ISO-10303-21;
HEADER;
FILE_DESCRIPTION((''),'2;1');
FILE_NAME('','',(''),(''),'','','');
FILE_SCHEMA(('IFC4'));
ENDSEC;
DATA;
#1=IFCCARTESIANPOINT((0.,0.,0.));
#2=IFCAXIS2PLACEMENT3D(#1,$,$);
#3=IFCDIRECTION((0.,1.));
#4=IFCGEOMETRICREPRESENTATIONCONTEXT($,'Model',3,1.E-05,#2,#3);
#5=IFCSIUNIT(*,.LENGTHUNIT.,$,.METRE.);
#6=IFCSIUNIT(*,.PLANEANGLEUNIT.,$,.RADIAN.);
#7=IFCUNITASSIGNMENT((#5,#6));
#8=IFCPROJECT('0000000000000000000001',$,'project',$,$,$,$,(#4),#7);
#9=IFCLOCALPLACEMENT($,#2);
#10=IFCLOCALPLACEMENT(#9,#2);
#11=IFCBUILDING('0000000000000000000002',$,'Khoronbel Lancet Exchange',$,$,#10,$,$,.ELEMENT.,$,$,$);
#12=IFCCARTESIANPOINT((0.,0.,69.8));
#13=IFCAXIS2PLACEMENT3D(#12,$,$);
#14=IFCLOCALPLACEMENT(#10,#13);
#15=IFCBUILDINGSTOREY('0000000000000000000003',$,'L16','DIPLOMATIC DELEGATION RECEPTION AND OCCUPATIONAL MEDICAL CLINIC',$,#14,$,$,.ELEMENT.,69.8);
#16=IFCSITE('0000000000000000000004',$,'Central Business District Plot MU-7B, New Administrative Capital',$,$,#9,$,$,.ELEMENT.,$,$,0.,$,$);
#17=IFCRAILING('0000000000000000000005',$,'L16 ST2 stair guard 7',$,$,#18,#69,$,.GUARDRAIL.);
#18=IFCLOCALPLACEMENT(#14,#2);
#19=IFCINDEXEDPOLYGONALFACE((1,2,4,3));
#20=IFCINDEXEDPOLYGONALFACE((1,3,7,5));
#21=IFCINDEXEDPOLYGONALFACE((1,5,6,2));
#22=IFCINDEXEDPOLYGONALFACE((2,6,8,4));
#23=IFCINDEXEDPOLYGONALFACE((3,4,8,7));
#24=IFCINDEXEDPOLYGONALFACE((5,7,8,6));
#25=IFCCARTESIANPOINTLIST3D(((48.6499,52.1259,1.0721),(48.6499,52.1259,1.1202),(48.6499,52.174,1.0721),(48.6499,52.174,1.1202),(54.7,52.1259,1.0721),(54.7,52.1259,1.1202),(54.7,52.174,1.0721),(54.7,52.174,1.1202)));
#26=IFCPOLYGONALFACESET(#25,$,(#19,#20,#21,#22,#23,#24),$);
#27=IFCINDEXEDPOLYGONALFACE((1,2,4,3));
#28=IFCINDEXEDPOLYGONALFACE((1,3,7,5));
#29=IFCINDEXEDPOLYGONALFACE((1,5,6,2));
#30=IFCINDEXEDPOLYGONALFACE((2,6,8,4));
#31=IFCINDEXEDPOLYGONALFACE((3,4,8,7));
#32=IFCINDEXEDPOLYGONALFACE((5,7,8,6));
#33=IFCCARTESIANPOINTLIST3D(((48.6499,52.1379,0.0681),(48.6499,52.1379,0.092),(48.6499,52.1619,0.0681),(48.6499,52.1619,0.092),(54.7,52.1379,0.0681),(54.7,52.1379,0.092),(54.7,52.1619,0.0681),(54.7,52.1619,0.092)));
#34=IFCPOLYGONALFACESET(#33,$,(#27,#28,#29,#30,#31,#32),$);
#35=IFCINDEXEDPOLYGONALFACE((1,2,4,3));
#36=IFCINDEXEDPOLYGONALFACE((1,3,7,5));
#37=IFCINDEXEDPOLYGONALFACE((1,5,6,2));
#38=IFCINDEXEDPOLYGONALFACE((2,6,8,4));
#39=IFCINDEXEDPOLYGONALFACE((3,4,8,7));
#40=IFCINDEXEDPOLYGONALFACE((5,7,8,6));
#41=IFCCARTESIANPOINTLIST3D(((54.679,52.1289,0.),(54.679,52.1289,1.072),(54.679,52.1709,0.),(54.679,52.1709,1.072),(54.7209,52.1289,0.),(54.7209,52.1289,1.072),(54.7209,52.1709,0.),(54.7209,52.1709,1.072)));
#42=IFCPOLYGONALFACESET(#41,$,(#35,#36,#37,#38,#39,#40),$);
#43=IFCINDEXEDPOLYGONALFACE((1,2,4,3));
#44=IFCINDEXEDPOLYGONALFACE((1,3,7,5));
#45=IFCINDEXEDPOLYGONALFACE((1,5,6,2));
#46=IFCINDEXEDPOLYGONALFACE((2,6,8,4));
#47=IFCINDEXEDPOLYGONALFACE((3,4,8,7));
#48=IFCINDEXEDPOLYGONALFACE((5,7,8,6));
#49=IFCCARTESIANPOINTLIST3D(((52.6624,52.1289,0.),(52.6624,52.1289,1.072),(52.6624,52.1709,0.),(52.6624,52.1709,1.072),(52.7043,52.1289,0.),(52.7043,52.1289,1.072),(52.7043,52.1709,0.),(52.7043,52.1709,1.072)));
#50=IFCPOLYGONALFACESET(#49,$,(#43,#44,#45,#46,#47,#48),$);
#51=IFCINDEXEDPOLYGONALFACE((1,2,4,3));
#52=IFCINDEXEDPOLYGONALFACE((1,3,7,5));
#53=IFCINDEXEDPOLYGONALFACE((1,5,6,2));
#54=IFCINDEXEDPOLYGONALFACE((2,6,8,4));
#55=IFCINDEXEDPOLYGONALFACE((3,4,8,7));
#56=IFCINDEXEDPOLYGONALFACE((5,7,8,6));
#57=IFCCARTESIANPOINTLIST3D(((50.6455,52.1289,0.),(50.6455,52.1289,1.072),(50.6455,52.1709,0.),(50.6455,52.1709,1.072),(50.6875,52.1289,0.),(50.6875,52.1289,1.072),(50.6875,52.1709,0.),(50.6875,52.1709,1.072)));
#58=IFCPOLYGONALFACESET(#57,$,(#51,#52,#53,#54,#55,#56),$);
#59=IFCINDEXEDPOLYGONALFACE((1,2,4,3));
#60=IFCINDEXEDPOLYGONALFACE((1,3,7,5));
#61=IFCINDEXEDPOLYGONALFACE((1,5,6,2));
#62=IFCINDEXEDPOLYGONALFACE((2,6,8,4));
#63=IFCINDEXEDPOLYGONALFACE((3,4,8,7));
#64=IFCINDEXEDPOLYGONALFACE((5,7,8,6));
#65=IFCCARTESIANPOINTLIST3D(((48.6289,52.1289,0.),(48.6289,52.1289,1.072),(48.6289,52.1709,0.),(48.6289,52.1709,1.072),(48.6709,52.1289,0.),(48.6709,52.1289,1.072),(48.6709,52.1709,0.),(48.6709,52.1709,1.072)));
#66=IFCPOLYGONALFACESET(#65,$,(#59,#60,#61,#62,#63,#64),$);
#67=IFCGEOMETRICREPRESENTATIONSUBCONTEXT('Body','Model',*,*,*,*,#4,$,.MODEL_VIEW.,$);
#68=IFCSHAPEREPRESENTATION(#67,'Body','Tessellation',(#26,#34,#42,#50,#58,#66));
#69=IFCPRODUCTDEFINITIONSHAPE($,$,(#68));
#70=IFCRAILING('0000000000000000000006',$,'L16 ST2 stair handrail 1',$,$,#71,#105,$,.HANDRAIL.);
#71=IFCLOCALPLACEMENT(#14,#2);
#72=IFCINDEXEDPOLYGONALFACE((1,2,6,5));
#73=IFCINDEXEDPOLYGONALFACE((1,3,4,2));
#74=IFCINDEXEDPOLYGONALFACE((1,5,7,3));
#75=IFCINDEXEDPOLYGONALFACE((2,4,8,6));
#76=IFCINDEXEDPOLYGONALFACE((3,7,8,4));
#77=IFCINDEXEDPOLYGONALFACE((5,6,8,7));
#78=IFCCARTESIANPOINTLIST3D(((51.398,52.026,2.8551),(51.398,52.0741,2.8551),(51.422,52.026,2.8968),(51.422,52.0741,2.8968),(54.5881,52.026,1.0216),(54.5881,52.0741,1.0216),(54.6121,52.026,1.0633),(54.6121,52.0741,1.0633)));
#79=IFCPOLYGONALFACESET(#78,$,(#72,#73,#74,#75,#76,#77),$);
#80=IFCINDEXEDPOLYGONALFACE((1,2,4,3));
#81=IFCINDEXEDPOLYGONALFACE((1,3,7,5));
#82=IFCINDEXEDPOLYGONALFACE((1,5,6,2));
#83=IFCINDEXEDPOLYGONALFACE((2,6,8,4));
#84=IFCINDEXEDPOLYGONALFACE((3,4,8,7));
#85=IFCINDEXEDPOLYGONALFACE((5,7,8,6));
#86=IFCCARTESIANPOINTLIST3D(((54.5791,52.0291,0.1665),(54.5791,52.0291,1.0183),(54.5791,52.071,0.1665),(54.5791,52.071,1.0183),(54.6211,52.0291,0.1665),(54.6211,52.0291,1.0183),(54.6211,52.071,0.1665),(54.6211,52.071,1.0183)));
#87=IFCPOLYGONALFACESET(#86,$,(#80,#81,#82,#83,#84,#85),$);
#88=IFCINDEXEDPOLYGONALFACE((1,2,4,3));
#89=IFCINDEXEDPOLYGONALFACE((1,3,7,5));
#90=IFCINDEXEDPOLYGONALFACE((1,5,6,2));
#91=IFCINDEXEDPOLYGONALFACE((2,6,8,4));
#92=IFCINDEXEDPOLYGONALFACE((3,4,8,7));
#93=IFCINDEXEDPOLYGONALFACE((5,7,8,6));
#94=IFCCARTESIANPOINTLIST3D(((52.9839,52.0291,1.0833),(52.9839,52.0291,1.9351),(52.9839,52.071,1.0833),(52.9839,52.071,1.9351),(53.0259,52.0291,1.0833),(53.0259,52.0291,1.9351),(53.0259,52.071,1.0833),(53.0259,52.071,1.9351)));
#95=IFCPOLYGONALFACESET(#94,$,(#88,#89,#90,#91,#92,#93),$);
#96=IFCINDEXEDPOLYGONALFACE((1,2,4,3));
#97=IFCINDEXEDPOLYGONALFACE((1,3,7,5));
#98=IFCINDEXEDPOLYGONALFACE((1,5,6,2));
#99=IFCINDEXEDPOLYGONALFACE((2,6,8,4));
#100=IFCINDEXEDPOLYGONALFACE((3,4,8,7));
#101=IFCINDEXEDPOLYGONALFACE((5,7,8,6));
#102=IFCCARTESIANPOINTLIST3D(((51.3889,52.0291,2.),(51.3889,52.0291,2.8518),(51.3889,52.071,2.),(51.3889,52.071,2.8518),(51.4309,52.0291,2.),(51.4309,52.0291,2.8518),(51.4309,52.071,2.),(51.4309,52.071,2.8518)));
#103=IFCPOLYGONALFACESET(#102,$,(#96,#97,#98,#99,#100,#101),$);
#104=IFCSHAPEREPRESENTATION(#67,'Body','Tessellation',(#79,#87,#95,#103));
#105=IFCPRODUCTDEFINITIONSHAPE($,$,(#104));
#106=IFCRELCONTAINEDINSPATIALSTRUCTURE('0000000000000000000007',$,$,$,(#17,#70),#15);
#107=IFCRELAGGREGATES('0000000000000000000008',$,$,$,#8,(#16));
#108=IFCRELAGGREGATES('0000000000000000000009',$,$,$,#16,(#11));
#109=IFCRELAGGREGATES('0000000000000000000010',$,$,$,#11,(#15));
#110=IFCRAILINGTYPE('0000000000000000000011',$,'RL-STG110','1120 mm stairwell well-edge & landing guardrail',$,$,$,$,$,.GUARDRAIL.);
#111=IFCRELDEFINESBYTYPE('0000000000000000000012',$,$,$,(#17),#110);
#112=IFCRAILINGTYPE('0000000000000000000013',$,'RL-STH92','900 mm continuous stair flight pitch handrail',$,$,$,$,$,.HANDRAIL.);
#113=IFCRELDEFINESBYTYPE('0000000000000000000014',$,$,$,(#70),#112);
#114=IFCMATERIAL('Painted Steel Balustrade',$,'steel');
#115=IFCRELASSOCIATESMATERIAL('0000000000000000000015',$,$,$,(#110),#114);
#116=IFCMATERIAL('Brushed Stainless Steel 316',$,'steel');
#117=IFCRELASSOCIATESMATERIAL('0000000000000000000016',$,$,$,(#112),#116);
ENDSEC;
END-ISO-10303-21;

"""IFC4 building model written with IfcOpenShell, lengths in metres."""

from ifc_helpers import new_model, si_unit, direction, frame, origin, origin_2d, place, context, subcontext, project, spatial, rectangle, extrude, material, type_object, element, save


model = new_model("IFC4")

# Units and contexts
model_context = context("Model", 3, precision=1e-05, world=origin(), true_north=direction((0.0, 1.0)))
body_context = subcontext(model_context, "Body", "Model", "MODEL_VIEW")
ifc_project = project(units=[si_unit("LENGTHUNIT", "METRE"), si_unit("PLANEANGLEUNIT", "RADIAN")], contexts=[model_context])

# Site, building, storey
site_placement = place(None, origin())
site = spatial("IfcSite", under=ifc_project, at=site_placement, Name="Central Business District Plot MU-7B, New Administrative Capital", CompositionType="ELEMENT", RefElevation=0.0)
building_placement = place(site_placement, origin())
building = spatial("IfcBuilding", under=site, at=building_placement, Name="Khoronbel Lancet Exchange", CompositionType="ELEMENT")
storey_placement = place(building_placement, frame((0.0, 0.0, 69.8)))
storey = spatial("IfcBuildingStorey", under=building, at=storey_placement, Name="L16", Description="DIPLOMATIC DELEGATION RECEPTION AND OCCUPATIONAL MEDICAL CLINIC", CompositionType="ELEMENT", Elevation=69.8)

# Railings
ifc_material_1 = material(Name="Painted Steel Balustrade", Category="steel")
railing_type_1 = type_object("IfcRailingType", Name="RL-STG110", Description="1120 mm stairwell well-edge & landing guardrail", PredefinedType="GUARDRAIL", material=ifc_material_1)
railing_1_placement = place(storey_placement, frame((54.7, 52.1499, 0.0)))
element("IfcRailing", 1, at=railing_1_placement, inside=storey, type_object=railing_type_1, Name="L16 ST2 stair guard 7", PredefinedType="GUARDRAIL", context=body_context, shape_type="SweptSolid", body=[
    extrude(rectangle(XDim=0.0481, YDim=0.0481, at=origin_2d()), frame((0.0, 0.0, 1.0962), z_axis=(-1.0, 0.0, 0.0), x_axis=(0.0, -1.0, 0.0)), (0.0, 0.0, 1.0), 6.05),
    extrude(rectangle(XDim=0.0239, YDim=0.0239, at=origin_2d()), frame((0.0, 0.0, 0.0801), z_axis=(-1.0, 0.0, 0.0), x_axis=(0.0, -1.0, 0.0)), (0.0, 0.0, 1.0), 6.05),
    extrude(rectangle(XDim=0.042, YDim=0.042, at=origin_2d()), origin(), (0.0, 0.0, 1.0), 1.072),
    extrude(rectangle(XDim=0.042, YDim=0.042, at=origin_2d()), frame((-2.0166, 0.0, 0.0)), (0.0, 0.0, 1.0), 1.072),
    extrude(rectangle(XDim=0.042, YDim=0.042, at=origin_2d()), frame((-4.0334, 0.0, 0.0)), (0.0, 0.0, 1.0), 1.072),
    extrude(rectangle(XDim=0.042, YDim=0.042, at=origin_2d()), frame((-6.05, 0.0, 0.0)), (0.0, 0.0, 1.0), 1.072),
])
ifc_material_2 = material(Name="Brushed Stainless Steel 316", Category="steel")
railing_type_2 = type_object("IfcRailingType", Name="RL-STH92", Description="900 mm continuous stair flight pitch handrail", PredefinedType="HANDRAIL", material=ifc_material_2)
railing_2_placement = place(storey_placement, frame((54.6001, 52.05, 0.1665)))
element("IfcRailing", 2, at=railing_2_placement, inside=storey, type_object=railing_type_2, Name="L16 ST2 stair handrail 1", PredefinedType="HANDRAIL", context=body_context, shape_type="SweptSolid", body=[
    extrude(rectangle(XDim=0.0481, YDim=0.0481, at=origin_2d()), frame((0.0, 0.0, 0.876), z_axis=(-0.867007, 0.0, 0.498295), x_axis=(0.0, -1.0, 0.0)), (0.0, 0.0, 1.0), 3.6794),
    extrude(rectangle(XDim=0.042, YDim=0.042, at=origin_2d()), origin(), (0.0, 0.0, 1.0), 0.8518),
    extrude(rectangle(XDim=0.042, YDim=0.042, at=origin_2d()), frame((-1.5952, 0.0, 0.9167)), (0.0, 0.0, 1.0), 0.8518),
    extrude(rectangle(XDim=0.042, YDim=0.042, at=origin_2d()), frame((-3.1902, 0.0, 1.8335)), (0.0, 0.0, 1.0), 0.8518),
])

save(model, "model.ifc")
